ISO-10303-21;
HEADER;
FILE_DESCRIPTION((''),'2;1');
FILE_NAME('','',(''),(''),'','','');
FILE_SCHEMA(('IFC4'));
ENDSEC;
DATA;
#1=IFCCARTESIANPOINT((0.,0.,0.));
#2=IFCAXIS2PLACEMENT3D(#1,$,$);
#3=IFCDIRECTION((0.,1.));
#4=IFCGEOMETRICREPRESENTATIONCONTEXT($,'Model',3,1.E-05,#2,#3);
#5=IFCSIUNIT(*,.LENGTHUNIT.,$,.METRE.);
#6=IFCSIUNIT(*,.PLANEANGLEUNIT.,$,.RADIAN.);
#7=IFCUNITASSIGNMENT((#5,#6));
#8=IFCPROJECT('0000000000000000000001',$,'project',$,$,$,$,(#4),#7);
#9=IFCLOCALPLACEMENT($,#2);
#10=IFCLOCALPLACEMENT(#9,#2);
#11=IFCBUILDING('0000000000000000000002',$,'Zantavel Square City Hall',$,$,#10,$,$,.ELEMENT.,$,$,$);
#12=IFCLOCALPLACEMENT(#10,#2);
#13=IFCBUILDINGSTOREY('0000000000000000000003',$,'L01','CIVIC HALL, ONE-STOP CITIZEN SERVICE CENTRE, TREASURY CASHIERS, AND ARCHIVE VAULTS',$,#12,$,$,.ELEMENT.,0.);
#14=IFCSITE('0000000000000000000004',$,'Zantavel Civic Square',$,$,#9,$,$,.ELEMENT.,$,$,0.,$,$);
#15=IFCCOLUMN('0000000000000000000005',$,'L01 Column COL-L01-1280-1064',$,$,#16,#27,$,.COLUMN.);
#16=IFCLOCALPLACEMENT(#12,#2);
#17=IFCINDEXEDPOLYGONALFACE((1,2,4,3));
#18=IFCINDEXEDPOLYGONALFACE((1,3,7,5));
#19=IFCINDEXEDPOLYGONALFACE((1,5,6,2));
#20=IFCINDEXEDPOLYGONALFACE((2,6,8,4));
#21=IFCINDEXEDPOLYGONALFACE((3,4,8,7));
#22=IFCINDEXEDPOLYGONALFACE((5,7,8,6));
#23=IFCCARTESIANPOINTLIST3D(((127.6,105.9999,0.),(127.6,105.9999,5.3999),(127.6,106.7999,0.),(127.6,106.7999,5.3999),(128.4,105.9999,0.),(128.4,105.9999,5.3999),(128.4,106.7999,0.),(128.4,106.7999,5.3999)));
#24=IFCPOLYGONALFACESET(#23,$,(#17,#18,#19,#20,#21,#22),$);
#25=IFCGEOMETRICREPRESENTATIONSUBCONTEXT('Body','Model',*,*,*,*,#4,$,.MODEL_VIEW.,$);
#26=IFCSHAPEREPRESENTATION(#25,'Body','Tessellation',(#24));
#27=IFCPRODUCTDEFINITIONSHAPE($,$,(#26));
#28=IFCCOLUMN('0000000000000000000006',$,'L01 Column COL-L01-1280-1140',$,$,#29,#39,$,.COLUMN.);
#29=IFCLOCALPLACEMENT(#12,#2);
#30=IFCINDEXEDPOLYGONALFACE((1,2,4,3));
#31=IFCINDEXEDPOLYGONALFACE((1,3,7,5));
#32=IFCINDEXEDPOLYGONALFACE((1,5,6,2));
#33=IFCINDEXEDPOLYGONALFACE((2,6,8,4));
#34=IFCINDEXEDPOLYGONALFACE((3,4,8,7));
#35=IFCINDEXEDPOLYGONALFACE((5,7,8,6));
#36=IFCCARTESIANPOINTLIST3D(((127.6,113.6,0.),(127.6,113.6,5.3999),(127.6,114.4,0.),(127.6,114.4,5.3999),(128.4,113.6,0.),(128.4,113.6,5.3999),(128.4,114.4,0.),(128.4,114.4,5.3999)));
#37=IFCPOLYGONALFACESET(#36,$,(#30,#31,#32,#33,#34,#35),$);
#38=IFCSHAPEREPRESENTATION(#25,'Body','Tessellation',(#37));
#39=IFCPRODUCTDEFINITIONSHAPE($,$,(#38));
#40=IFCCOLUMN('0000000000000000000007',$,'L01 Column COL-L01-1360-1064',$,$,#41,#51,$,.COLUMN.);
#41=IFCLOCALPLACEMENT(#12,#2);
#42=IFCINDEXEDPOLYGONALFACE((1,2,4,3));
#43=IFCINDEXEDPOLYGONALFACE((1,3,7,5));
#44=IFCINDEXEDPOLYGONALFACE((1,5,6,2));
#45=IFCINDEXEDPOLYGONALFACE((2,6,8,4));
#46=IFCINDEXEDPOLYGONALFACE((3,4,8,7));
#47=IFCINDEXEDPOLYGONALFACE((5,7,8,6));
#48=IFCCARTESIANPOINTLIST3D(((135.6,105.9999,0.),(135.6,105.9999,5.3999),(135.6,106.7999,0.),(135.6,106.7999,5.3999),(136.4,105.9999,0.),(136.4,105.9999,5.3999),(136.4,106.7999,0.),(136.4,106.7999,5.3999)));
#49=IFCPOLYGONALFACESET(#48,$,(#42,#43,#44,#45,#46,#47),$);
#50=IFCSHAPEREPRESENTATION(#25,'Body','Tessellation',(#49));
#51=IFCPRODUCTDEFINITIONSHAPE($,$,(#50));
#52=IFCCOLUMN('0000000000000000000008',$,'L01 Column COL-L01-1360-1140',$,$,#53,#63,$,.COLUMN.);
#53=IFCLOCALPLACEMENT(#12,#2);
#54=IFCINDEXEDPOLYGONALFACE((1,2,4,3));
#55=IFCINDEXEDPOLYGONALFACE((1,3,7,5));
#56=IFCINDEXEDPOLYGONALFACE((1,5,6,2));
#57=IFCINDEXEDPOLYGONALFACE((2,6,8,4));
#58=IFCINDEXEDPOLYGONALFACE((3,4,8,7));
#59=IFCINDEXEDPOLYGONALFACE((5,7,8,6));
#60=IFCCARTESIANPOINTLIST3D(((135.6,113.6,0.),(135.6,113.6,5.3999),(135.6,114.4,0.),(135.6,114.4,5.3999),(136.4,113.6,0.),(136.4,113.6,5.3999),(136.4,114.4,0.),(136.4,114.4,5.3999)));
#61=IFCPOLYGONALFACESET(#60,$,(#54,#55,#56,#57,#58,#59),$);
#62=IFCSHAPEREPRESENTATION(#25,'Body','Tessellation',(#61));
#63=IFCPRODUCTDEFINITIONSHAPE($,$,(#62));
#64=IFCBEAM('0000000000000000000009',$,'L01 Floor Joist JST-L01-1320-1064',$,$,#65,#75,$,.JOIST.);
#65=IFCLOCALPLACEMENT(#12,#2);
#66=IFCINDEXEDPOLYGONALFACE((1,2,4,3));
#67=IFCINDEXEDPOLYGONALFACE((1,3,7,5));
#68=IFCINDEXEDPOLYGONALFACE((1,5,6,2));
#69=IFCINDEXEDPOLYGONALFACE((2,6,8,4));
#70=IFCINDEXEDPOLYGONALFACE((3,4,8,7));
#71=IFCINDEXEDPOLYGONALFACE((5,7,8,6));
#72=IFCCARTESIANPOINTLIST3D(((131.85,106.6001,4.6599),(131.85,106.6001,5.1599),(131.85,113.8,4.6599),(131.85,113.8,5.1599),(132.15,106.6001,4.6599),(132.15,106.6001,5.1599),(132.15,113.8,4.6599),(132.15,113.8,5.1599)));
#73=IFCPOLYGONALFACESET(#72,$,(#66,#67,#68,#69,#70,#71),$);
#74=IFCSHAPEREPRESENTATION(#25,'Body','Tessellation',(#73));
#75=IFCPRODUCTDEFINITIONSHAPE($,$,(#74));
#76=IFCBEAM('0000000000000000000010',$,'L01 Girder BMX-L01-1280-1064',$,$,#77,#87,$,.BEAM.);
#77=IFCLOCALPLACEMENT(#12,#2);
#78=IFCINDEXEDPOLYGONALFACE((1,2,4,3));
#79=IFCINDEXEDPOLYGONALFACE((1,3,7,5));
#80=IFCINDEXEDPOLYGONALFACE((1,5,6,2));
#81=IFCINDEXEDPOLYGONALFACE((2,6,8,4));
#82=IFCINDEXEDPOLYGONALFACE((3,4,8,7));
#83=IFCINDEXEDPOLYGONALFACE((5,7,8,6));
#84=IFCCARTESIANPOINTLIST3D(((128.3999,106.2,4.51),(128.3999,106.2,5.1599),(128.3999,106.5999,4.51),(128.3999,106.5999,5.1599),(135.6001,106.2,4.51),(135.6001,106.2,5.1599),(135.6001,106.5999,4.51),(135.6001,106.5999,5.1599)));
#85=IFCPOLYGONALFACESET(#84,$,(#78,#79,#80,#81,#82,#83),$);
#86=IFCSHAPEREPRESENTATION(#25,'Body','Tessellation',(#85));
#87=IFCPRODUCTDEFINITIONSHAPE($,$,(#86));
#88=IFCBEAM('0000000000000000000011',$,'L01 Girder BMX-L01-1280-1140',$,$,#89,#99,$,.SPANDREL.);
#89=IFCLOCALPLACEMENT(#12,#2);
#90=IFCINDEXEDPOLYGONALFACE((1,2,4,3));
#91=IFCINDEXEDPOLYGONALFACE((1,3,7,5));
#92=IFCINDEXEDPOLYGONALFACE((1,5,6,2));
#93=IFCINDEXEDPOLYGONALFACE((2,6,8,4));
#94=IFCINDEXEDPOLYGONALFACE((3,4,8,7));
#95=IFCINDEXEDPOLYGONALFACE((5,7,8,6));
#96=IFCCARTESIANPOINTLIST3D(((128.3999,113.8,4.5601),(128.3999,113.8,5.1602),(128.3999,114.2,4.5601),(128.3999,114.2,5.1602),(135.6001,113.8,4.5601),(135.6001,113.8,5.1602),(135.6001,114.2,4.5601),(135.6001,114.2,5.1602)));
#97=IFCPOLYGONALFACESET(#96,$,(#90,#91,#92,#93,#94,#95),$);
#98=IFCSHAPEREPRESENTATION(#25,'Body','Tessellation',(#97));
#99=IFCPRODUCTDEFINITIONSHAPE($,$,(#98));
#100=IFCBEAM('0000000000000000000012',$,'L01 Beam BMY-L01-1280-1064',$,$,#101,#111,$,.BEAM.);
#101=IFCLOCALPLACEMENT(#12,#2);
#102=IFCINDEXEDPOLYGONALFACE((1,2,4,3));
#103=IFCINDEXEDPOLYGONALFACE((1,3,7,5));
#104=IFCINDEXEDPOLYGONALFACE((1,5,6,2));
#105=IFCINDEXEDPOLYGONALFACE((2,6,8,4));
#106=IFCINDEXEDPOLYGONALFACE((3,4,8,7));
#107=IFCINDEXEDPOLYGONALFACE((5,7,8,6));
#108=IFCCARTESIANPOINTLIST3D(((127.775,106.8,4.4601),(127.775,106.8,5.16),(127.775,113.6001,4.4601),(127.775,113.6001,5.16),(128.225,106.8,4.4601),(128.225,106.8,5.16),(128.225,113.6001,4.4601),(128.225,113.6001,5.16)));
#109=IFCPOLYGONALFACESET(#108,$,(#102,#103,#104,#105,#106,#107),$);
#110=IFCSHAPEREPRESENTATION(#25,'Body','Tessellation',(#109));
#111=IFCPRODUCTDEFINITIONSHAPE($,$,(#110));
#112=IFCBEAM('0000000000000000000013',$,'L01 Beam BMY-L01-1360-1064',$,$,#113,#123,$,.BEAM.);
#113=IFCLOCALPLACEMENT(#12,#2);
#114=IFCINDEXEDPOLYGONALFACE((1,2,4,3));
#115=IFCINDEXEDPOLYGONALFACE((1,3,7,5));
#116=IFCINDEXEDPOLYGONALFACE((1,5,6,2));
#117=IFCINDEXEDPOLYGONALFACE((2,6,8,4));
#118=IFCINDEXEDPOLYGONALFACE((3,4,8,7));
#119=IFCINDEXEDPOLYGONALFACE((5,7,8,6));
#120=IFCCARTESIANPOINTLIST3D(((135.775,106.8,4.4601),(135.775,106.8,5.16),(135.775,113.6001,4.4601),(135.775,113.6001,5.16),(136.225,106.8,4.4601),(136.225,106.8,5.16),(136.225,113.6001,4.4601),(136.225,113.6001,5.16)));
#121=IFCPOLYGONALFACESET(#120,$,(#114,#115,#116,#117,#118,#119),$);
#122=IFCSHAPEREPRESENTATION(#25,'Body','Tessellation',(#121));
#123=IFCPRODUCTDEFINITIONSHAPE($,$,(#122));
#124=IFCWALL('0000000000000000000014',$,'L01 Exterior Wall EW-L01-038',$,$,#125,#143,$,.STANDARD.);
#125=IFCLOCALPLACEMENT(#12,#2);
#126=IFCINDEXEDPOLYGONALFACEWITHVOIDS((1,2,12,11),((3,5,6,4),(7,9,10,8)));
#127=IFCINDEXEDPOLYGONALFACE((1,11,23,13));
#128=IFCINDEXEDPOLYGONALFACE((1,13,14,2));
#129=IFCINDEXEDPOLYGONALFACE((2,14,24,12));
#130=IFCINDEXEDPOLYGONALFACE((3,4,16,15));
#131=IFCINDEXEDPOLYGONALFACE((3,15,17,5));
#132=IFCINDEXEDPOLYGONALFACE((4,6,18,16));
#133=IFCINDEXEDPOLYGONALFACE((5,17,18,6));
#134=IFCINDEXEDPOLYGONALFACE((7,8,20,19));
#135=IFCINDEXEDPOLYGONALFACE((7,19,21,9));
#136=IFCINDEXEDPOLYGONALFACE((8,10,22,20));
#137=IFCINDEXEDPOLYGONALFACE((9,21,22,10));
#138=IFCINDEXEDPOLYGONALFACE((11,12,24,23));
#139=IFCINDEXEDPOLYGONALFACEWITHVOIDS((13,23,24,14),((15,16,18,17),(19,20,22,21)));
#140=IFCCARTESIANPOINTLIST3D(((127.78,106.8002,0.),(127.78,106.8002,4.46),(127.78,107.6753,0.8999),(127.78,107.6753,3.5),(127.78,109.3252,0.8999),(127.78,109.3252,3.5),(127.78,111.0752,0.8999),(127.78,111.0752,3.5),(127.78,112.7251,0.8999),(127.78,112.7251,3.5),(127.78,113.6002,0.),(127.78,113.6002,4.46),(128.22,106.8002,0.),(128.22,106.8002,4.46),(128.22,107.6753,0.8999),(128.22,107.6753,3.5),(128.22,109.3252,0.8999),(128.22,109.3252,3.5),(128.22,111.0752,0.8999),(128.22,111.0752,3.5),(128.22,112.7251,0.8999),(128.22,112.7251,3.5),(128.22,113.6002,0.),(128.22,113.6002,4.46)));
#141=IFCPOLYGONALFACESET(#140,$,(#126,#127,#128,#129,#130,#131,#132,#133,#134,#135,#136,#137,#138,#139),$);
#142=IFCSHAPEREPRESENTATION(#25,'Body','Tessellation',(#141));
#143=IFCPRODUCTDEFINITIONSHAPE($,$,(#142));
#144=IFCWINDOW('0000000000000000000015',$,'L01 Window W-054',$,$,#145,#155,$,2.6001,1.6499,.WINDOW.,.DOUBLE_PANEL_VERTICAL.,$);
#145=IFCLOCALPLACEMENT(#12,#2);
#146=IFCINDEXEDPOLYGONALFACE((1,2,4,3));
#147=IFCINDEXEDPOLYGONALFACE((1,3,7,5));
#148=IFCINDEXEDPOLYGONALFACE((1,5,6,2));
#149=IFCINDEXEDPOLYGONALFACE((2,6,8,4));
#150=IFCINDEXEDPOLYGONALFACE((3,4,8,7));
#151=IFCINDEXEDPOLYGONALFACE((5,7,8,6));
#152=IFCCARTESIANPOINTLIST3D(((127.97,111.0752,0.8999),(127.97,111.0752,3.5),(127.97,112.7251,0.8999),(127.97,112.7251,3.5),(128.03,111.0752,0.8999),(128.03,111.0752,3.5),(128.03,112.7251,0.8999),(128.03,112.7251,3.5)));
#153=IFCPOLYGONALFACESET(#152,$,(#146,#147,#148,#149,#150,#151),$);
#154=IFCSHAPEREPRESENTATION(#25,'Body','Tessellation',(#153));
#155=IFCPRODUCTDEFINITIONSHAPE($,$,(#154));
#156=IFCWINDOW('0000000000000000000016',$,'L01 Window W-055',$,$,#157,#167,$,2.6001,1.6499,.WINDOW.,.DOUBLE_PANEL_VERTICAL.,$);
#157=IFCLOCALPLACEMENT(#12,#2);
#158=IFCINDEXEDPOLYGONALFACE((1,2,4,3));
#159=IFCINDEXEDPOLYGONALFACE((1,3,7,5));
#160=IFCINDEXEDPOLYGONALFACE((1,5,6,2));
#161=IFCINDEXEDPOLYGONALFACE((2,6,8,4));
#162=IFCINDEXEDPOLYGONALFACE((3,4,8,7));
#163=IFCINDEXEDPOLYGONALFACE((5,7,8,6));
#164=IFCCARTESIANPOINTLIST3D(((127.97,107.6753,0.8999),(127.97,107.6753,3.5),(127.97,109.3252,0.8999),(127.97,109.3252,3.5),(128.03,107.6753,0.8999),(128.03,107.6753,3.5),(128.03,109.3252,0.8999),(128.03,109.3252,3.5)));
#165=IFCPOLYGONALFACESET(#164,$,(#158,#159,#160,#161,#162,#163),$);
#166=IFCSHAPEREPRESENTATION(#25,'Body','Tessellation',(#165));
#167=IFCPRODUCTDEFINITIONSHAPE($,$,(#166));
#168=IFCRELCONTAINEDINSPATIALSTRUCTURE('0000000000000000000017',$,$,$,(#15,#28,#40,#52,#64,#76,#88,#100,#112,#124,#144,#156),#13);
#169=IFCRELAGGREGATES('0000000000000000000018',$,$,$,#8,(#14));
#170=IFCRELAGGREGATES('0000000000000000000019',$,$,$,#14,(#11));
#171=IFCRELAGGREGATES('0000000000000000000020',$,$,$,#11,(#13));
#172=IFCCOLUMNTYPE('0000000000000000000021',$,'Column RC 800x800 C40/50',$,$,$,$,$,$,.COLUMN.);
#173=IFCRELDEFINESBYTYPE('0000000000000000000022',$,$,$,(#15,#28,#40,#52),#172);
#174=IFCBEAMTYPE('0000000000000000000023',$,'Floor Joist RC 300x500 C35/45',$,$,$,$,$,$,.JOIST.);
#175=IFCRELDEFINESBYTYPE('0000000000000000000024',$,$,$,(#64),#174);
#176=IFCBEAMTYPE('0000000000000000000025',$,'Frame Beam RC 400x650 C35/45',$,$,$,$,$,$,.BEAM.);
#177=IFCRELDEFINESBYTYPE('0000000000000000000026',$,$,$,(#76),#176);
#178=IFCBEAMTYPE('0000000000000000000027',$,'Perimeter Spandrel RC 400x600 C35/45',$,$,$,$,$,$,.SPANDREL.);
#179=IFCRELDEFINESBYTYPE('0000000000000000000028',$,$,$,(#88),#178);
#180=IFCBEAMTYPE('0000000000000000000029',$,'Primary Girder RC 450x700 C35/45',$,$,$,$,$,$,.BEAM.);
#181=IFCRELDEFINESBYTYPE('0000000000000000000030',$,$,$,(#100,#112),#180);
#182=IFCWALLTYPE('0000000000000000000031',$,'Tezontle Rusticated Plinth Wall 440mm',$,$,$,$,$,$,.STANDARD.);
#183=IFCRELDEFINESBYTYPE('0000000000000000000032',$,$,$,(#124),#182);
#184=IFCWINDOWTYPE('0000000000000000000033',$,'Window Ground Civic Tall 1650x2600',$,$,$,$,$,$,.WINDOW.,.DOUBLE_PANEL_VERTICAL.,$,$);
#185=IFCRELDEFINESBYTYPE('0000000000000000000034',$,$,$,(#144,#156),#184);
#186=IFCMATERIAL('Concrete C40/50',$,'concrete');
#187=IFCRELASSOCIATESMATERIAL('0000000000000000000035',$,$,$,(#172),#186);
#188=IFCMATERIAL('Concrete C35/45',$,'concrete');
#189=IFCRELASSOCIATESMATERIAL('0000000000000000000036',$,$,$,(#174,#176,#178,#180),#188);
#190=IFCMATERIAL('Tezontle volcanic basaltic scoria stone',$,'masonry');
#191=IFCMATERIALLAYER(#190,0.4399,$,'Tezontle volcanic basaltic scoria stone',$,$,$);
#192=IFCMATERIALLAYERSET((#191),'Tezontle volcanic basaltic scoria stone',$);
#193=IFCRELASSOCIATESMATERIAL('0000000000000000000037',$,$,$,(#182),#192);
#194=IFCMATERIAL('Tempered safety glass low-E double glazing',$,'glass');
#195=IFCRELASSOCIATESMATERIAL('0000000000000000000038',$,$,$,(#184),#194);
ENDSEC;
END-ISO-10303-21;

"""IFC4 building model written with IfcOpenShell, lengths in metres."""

from ifc_helpers import new_model, si_unit, direction, frame, frame_2d, origin, origin_2d, place, context, subcontext, project, spatial, rectangle, extrude, material, layer, layer_set, material_profile, profile_set, type_object, element, fill, save


model = new_model("IFC4")

# Units and contexts
model_context = context("Model", 3, precision=1e-05, world=origin(), true_north=direction((0.0, 1.0)))
body_context = subcontext(model_context, "Body", "Model", "MODEL_VIEW")
ifc_project = project(units=[si_unit("LENGTHUNIT", "METRE"), si_unit("PLANEANGLEUNIT", "RADIAN")], contexts=[model_context])

# Site, building, storey
site_placement = place(None, origin())
site = spatial("IfcSite", under=ifc_project, at=site_placement, Name="Zantavel Civic Square", CompositionType="ELEMENT", RefElevation=0.0)
building_placement = place(site_placement, origin())
building = spatial("IfcBuilding", under=site, at=building_placement, Name="Zantavel Square City Hall", CompositionType="ELEMENT")
storey_placement = place(building_placement, origin())
storey = spatial("IfcBuildingStorey", under=building, at=storey_placement, Name="L01", Description="CIVIC HALL, ONE-STOP CITIZEN SERVICE CENTRE, TREASURY CASHIERS, AND ARCHIVE VAULTS", CompositionType="ELEMENT", Elevation=0.0)

# Columns
ifc_material_1 = material(Name="Concrete C40/50", Category="concrete")
ifc_material_profile_1 = material_profile(ifc_material_1, rectangle(XDim=0.8, YDim=0.8, at=origin_2d()), Name="RC 800x800")
ifc_profile_set_1 = profile_set([ifc_material_profile_1], Name="Concrete C40/50")
column_type = type_object("IfcColumnType", Name="Column RC 800x800 C40/50", PredefinedType="COLUMN", material=ifc_profile_set_1)
for number, where, z_axis, x_axis, name in (
    (1, (128.0, 106.3999, 0.0), (0.0, 0.0, 1.0), (1.0, 0.0, 0.0), "L01 Column COL-L01-1280-1064"),
    (2, (128.0, 114.0, 0.0), (0.0, 0.0, 1.0), (1.0, 0.0, 0.0), "L01 Column COL-L01-1280-1140"),
    (3, (136.0, 106.3999, 0.0), (0.0, 0.0, 1.0), (1.0, 0.0, 0.0), "L01 Column COL-L01-1360-1064"),
    (4, (136.0, 114.0, 0.0), (0.0, 0.0, 1.0), (1.0, 0.0, 0.0), "L01 Column COL-L01-1360-1140"),
):
    element("IfcColumn", number, at=place(storey_placement, frame(where, z_axis=z_axis, x_axis=x_axis)), inside=storey, type_object=column_type, Name=name, PredefinedType="COLUMN", context=body_context, shape_type="SweptSolid", body=[
        extrude(rectangle(XDim=0.8, YDim=0.8, at=origin_2d()), origin(), (0.0, 0.0, 1.0), 5.3999),
    ])

# Beams
ifc_material_2 = material(Name="Concrete C35/45", Category="concrete")
ifc_material_profile_2 = material_profile(ifc_material_2, rectangle(XDim=0.3, YDim=0.5, at=origin_2d()), Name="RC 300x500")
ifc_profile_set_2 = profile_set([ifc_material_profile_2], Name="Concrete C35/45")
beam_type_1 = type_object("IfcBeamType", Name="Floor Joist RC 300x500 C35/45", PredefinedType="JOIST", material=ifc_profile_set_2)
beam_1_placement = place(storey_placement, frame((132.0, 106.6001, 4.9099), z_axis=(0.0, 1.0, 0.0), x_axis=(-1.0, 0.0, 0.0)))
element("IfcBeam", 5, at=beam_1_placement, inside=storey, type_object=beam_type_1, Name="L01 Floor Joist JST-L01-1320-1064", PredefinedType="JOIST", context=body_context, shape_type="SweptSolid", body=[
    extrude(rectangle(XDim=0.3, YDim=0.5, at=origin_2d()), origin(), (0.0, 0.0, 1.0), 7.2),
])
ifc_material_profile_3 = material_profile(ifc_material_2, rectangle(XDim=0.3999, YDim=0.6499, at=origin_2d()), Name="RC 400x650")
ifc_profile_set_3 = profile_set([ifc_material_profile_3], Name="Concrete C35/45")
beam_type_2 = type_object("IfcBeamType", Name="Frame Beam RC 400x650 C35/45", PredefinedType="BEAM", material=ifc_profile_set_3)
beam_2_placement = place(storey_placement, frame((128.3999, 106.3999, 4.835), z_axis=(1.0, 0.0, 0.0), x_axis=(0.0, 1.0, 0.0)))
element("IfcBeam", 6, at=beam_2_placement, inside=storey, type_object=beam_type_2, Name="L01 Girder BMX-L01-1280-1064", PredefinedType="BEAM", context=body_context, shape_type="SweptSolid", body=[
    extrude(rectangle(XDim=0.3999, YDim=0.6499, at=origin_2d()), origin(), (0.0, 0.0, 1.0), 7.2002),
])
ifc_material_profile_4 = material_profile(ifc_material_2, rectangle(XDim=0.3999, YDim=0.6001, at=origin_2d()), Name="RC 400x600")
ifc_profile_set_4 = profile_set([ifc_material_profile_4], Name="Concrete C35/45")
beam_type_3 = type_object("IfcBeamType", Name="Perimeter Spandrel RC 400x600 C35/45", PredefinedType="SPANDREL", material=ifc_profile_set_4)
beam_3_placement = place(storey_placement, frame((128.3999, 114.0, 4.8601), z_axis=(1.0, 0.0, 0.0), x_axis=(0.0, 1.0, 0.0)))
element("IfcBeam", 7, at=beam_3_placement, inside=storey, type_object=beam_type_3, Name="L01 Girder BMX-L01-1280-1140", PredefinedType="SPANDREL", context=body_context, shape_type="SweptSolid", body=[
    extrude(rectangle(XDim=0.3999, YDim=0.6001, at=origin_2d()), origin(), (0.0, 0.0, 1.0), 7.2002),
])
ifc_material_profile_5 = material_profile(ifc_material_2, rectangle(XDim=0.45, YDim=0.7, at=origin_2d()), Name="RC 450x700")
ifc_profile_set_5 = profile_set([ifc_material_profile_5], Name="Concrete C35/45")
beam_type_4 = type_object("IfcBeamType", Name="Primary Girder RC 450x700 C35/45", PredefinedType="BEAM", material=ifc_profile_set_5)
for number, where, z_axis, x_axis, name in (
    (8, (128.0, 106.8, 4.8101), (0.0, 1.0, 0.0), (-1.0, 0.0, 0.0), "L01 Beam BMY-L01-1280-1064"),
    (9, (136.0, 106.8, 4.8101), (0.0, 1.0, 0.0), (-1.0, 0.0, 0.0), "L01 Beam BMY-L01-1360-1064"),
):
    element("IfcBeam", number, at=place(storey_placement, frame(where, z_axis=z_axis, x_axis=x_axis)), inside=storey, type_object=beam_type_4, Name=name, PredefinedType="BEAM", context=body_context, shape_type="SweptSolid", body=[
        extrude(rectangle(XDim=0.45, YDim=0.7, at=origin_2d()), origin(), (0.0, 0.0, 1.0), 6.8),
    ])

# Wall, openings, windows
ifc_material_3 = material(Name="Tezontle volcanic basaltic scoria stone", Category="masonry")
ifc_layer = layer(ifc_material_3, 0.4399, Name="Tezontle volcanic basaltic scoria stone")
ifc_layer_set = layer_set([ifc_layer], Name="Tezontle volcanic basaltic scoria stone")
wall_type = type_object("IfcWallType", Name="Tezontle Rusticated Plinth Wall 440mm", PredefinedType="STANDARD", material=ifc_layer_set)
wall_1_placement = place(storey_placement, frame((128.0, 113.6001, 0.0), z_axis=(0.0, 0.0, 1.0), x_axis=(0.0, -1.0, 0.0)))
wall_1 = element("IfcWall", 10, at=wall_1_placement, inside=storey, type_object=wall_type, Name="L01 Exterior Wall EW-L01-038", PredefinedType="STANDARD", context=body_context, shape_type="SweptSolid", body=[
    extrude(rectangle(XDim=6.8, YDim=0.4399, at=frame_2d((3.3999, 0.0))), origin(), (0.0, 0.0, 1.0), 4.46),
])
opening_1_placement = place(wall_1_placement, frame((0.875, 0.0, 0.8999)))
opening_1 = element("IfcOpeningElement", 11, at=opening_1_placement, cuts=wall_1, PredefinedType="OPENING", context=body_context, shape_type="SweptSolid", body=[
    extrude(rectangle(XDim=1.6499, YDim=2.6001, at=frame_2d((0.825, 1.3))), frame((0.0, 0.23, 0.0), z_axis=(0.0, -1.0, 0.0), x_axis=(1.0, 0.0, 0.0)), (0.0, 0.0, 1.0), 0.46),
])
opening_2_placement = place(wall_1_placement, frame((4.2749, 0.0, 0.8999)))
opening_2 = element("IfcOpeningElement", 12, at=opening_2_placement, cuts=wall_1, PredefinedType="OPENING", context=body_context, shape_type="SweptSolid", body=[
    extrude(rectangle(XDim=1.6499, YDim=2.6001, at=frame_2d((0.825, 1.3))), frame((0.0, 0.23, 0.0), z_axis=(0.0, -1.0, 0.0), x_axis=(1.0, 0.0, 0.0)), (0.0, 0.0, 1.0), 0.46),
])
ifc_material_4 = material(Name="Tempered safety glass low-E double glazing", Category="glass")
window_type_1 = type_object("IfcWindowType", Name="Window Ground Civic Tall 1650x2600", PartitioningType="DOUBLE_PANEL_VERTICAL", PredefinedType="WINDOW", material=ifc_material_4)
window_1_placement = place(opening_1_placement, origin())
window_1 = element("IfcWindow", 13, at=window_1_placement, inside=storey, type_object=window_type_1, Name="L01 Window W-054", OverallHeight=2.6001, OverallWidth=1.6499, PartitioningType="DOUBLE_PANEL_VERTICAL", PredefinedType="WINDOW", context=body_context, shape_type="SweptSolid", body=[
    extrude(rectangle(XDim=1.6499, YDim=2.6001, at=frame_2d((0.825, 1.3))), frame((0.0, 0.03, 0.0), z_axis=(0.0, -1.0, 0.0), x_axis=(1.0, 0.0, 0.0)), (0.0, 0.0, 1.0), 0.0601),
])
fill(opening_1, window_1)
window_2_placement = place(opening_2_placement, origin())
window_2 = element("IfcWindow", 14, at=window_2_placement, inside=storey, type_object=window_type_1, Name="L01 Window W-055", OverallHeight=2.6001, OverallWidth=1.6499, PartitioningType="DOUBLE_PANEL_VERTICAL", PredefinedType="WINDOW", context=body_context, shape_type="SweptSolid", body=[
    extrude(rectangle(XDim=1.6499, YDim=2.6001, at=frame_2d((0.825, 1.3))), frame((0.0, 0.03, 0.0), z_axis=(0.0, -1.0, 0.0), x_axis=(1.0, 0.0, 0.0)), (0.0, 0.0, 1.0), 0.0601),
])
fill(opening_2, window_2)

save(model, "model.ifc")
